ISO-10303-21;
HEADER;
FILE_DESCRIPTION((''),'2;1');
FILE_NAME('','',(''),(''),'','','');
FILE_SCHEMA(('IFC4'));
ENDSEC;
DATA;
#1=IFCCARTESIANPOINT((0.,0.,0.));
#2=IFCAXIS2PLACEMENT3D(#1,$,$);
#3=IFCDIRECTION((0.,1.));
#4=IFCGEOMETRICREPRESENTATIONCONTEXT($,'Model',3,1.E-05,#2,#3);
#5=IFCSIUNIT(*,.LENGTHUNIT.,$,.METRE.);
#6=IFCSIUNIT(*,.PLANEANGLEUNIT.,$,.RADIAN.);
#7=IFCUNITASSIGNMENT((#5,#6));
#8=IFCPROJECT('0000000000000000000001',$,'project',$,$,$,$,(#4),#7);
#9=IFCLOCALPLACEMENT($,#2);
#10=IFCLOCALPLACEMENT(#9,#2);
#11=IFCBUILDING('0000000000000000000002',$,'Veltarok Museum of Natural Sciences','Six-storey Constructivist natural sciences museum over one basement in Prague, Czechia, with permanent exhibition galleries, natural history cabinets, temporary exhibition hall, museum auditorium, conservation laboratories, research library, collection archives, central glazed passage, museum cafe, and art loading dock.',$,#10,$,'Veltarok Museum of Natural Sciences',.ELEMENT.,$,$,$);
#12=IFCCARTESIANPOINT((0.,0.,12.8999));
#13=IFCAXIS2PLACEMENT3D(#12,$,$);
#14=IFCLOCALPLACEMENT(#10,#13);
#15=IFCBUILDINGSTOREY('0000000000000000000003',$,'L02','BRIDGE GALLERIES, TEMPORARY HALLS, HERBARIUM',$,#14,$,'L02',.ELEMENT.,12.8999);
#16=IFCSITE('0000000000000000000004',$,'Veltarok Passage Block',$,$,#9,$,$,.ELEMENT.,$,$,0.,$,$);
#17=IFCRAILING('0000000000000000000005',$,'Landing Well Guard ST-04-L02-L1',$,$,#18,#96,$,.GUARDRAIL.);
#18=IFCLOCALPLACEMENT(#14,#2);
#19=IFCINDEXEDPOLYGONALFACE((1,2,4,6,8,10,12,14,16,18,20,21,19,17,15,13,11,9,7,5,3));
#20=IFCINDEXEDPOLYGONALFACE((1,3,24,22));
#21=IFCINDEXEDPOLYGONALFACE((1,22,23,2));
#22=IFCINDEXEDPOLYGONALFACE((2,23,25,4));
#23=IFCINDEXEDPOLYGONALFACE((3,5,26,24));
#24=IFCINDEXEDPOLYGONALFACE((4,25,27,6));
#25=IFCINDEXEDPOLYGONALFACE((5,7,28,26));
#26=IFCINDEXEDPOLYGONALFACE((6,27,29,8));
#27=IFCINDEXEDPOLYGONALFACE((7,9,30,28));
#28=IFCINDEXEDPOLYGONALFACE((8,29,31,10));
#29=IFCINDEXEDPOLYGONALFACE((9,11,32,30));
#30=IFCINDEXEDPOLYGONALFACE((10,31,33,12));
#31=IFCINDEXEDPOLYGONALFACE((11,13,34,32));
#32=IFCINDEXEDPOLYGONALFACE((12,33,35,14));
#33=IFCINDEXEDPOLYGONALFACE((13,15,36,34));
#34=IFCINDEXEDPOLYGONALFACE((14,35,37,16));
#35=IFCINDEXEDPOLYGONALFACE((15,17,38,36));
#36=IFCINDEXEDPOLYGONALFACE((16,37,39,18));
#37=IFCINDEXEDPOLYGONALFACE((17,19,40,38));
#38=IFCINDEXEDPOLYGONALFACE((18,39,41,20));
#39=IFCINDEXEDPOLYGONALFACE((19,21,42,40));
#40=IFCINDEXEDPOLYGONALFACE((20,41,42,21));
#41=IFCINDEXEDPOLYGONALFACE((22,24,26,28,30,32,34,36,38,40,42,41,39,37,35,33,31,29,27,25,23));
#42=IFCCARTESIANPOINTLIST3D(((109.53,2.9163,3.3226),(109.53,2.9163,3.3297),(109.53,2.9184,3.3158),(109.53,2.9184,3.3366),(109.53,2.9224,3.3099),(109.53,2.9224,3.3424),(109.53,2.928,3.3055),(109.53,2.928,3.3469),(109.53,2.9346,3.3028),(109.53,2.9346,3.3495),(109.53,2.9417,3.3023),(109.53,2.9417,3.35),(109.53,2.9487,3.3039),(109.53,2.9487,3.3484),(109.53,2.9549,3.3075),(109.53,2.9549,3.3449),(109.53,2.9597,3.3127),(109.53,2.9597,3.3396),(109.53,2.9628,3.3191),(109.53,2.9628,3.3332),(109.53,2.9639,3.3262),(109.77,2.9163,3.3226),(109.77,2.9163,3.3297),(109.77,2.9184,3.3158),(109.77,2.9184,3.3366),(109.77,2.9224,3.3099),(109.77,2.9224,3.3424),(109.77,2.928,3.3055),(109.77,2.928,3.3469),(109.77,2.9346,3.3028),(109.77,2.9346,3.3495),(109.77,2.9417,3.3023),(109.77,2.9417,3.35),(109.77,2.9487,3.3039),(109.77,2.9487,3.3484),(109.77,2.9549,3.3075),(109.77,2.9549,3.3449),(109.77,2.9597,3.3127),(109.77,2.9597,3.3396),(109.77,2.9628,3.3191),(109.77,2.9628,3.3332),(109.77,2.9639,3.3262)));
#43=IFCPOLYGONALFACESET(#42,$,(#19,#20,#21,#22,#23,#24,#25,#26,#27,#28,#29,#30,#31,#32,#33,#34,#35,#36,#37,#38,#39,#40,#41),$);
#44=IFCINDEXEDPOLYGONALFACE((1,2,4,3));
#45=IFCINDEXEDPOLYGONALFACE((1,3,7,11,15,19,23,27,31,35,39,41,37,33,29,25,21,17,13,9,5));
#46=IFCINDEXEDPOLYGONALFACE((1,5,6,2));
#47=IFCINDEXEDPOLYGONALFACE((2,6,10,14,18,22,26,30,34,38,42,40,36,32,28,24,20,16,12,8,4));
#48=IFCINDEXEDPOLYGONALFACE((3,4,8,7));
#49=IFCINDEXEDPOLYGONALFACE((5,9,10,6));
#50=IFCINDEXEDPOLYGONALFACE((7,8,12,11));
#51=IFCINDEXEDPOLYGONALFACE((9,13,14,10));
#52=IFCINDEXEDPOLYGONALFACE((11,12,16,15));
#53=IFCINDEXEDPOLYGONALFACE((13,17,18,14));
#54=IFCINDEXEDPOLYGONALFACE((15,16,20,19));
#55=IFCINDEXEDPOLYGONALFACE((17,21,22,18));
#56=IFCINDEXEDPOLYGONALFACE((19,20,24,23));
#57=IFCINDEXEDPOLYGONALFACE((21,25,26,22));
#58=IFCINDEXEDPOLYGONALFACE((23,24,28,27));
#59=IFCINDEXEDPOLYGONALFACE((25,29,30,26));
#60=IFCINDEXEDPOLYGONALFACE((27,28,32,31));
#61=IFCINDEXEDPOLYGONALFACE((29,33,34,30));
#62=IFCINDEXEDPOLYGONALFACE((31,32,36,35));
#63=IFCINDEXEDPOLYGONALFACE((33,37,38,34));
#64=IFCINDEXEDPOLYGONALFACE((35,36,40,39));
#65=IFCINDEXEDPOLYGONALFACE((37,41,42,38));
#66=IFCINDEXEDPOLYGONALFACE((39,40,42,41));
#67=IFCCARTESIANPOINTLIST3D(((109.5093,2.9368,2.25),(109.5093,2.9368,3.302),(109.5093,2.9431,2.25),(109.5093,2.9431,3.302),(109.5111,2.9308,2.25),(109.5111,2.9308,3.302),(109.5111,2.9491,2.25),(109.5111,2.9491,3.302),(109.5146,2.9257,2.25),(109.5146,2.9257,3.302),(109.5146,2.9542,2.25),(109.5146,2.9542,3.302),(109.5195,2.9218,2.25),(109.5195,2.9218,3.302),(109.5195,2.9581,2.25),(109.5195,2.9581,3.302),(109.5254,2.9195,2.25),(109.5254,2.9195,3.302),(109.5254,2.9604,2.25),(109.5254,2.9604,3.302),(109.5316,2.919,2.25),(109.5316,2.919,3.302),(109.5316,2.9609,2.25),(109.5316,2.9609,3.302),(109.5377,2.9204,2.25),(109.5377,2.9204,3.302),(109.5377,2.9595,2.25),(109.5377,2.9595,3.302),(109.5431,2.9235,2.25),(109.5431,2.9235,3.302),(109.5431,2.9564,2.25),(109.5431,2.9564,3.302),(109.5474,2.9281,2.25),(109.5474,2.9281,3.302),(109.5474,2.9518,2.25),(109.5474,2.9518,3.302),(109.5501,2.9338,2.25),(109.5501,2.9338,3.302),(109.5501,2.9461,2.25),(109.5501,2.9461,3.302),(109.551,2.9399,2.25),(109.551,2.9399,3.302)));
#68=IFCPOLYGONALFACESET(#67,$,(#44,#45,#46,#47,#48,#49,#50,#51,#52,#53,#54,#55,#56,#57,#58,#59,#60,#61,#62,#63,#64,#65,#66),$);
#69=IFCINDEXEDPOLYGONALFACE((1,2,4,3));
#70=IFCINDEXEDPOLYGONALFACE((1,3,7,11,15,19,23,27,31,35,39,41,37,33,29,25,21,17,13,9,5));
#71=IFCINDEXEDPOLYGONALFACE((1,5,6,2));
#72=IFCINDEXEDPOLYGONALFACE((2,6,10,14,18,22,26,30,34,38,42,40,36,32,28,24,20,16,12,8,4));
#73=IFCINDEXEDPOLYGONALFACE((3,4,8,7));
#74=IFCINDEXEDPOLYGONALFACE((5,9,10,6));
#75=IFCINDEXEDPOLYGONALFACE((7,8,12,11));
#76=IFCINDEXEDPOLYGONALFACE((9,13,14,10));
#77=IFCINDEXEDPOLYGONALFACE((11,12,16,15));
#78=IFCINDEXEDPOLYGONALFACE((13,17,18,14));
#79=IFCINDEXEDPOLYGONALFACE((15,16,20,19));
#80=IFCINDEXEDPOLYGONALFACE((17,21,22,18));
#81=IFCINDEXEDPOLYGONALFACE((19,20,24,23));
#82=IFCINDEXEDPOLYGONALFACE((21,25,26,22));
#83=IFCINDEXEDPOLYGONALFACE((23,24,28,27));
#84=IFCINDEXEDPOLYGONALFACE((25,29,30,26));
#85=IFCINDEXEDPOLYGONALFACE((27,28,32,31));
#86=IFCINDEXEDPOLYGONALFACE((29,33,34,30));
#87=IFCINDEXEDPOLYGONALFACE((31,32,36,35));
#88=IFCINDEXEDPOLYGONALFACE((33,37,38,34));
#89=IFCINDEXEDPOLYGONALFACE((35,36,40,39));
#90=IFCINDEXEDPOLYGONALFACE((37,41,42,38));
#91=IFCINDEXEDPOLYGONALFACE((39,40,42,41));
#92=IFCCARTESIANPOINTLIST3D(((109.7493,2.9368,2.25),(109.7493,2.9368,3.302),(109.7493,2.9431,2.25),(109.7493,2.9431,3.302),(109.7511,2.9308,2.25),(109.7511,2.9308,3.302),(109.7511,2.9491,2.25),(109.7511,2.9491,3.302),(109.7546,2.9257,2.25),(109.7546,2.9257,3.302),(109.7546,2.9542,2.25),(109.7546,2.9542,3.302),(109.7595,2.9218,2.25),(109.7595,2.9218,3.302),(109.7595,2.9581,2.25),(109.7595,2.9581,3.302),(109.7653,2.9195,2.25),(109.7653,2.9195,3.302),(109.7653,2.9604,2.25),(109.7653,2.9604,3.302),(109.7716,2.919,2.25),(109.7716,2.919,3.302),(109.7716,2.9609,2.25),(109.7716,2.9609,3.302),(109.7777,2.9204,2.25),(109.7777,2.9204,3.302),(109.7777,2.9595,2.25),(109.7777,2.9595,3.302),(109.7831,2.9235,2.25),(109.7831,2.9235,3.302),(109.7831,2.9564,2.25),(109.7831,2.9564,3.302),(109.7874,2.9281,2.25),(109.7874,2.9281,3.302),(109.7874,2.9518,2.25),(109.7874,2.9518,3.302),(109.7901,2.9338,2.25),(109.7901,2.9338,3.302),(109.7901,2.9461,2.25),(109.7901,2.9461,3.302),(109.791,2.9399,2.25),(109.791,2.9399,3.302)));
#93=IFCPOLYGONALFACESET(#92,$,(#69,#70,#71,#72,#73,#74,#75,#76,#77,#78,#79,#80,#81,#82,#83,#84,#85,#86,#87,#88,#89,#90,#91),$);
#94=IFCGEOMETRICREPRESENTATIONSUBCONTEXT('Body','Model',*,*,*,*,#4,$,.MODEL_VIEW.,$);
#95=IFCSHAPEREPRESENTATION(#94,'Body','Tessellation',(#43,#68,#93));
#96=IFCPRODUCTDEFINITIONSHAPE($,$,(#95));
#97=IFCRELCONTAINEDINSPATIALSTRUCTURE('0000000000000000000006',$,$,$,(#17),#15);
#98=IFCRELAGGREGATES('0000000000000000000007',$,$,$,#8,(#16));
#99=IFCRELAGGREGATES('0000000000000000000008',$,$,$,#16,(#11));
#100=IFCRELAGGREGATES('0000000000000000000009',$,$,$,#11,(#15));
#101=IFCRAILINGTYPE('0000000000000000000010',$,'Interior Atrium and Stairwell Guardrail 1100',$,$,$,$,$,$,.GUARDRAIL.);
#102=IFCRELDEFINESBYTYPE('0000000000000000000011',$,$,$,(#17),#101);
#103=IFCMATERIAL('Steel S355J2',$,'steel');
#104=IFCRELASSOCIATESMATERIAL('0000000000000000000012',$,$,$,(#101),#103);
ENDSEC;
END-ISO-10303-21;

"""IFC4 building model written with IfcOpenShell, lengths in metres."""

from ifc_helpers import new_model, si_unit, direction, frame, origin, origin_2d, place, context, subcontext, project, spatial, circle, extrude, material, type_object, element, save


model = new_model("IFC4")

# Units and contexts
model_context = context("Model", 3, precision=1e-05, world=origin(), true_north=direction((0.0, 1.0)))
body_context = subcontext(model_context, "Body", "Model", "MODEL_VIEW")
ifc_project = project(units=[si_unit("LENGTHUNIT", "METRE"), si_unit("PLANEANGLEUNIT", "RADIAN")], contexts=[model_context])

# Site, building, storey
site_placement = place(None, origin())
site = spatial("IfcSite", under=ifc_project, at=site_placement, Name="Veltarok Passage Block", CompositionType="ELEMENT", RefElevation=0.0)
building_placement = place(site_placement, origin())
building = spatial("IfcBuilding", under=site, at=building_placement, Name="Veltarok Museum of Natural Sciences", Description="Six-storey Constructivist natural sciences museum over one basement in Prague, Czechia, with permanent exhibition galleries, natural history cabinets, temporary exhibition hall, museum auditorium, conservation laboratories, research library, collection archives, central glazed passage, museum cafe, and art loading dock.", LongName="Veltarok Museum of Natural Sciences", CompositionType="ELEMENT")
storey_placement = place(building_placement, frame((0.0, 0.0, 12.8999)))
storey = spatial("IfcBuildingStorey", under=building, at=storey_placement, Name="L02", Description="BRIDGE GALLERIES, TEMPORARY HALLS, HERBARIUM", LongName="L02", CompositionType="ELEMENT", Elevation=12.8999)

# Shared definitions
ifc_material_1 = material(Name="Steel S355J2", Category="steel")

# Railing
railing_type_1 = type_object("IfcRailingType", Name="Interior Atrium and Stairwell Guardrail 1100", PredefinedType="GUARDRAIL", material=ifc_material_1)
for number, where, name in (
    (1, (109.53, 2.9399, 2.25), "Landing Well Guard ST-04-L02-L1"),
):
    element("IfcRailing", number, at=place(storey_placement, frame(where)), inside=storey, type_object=railing_type_1, Name=name, PredefinedType="GUARDRAIL", context=body_context, shape_type="SweptSolid", body=[
        extrude(circle(Radius=0.0239, at=origin_2d()), frame((0.0, 0.0, 1.0762), z_axis=(1.0, 0.0, 0.0), x_axis=(0.0, 1.0, 0.0)), (0.0, 0.0, 1.0), 0.24),
        extrude(circle(Radius=0.021, at=origin_2d()), origin(), (0.0, 0.0, 1.0), 1.052),
        extrude(circle(Radius=0.021, at=origin_2d()), frame((0.24, 0.0, 0.0)), (0.0, 0.0, 1.0), 1.052),
    ])

save(model, "model.ifc")
